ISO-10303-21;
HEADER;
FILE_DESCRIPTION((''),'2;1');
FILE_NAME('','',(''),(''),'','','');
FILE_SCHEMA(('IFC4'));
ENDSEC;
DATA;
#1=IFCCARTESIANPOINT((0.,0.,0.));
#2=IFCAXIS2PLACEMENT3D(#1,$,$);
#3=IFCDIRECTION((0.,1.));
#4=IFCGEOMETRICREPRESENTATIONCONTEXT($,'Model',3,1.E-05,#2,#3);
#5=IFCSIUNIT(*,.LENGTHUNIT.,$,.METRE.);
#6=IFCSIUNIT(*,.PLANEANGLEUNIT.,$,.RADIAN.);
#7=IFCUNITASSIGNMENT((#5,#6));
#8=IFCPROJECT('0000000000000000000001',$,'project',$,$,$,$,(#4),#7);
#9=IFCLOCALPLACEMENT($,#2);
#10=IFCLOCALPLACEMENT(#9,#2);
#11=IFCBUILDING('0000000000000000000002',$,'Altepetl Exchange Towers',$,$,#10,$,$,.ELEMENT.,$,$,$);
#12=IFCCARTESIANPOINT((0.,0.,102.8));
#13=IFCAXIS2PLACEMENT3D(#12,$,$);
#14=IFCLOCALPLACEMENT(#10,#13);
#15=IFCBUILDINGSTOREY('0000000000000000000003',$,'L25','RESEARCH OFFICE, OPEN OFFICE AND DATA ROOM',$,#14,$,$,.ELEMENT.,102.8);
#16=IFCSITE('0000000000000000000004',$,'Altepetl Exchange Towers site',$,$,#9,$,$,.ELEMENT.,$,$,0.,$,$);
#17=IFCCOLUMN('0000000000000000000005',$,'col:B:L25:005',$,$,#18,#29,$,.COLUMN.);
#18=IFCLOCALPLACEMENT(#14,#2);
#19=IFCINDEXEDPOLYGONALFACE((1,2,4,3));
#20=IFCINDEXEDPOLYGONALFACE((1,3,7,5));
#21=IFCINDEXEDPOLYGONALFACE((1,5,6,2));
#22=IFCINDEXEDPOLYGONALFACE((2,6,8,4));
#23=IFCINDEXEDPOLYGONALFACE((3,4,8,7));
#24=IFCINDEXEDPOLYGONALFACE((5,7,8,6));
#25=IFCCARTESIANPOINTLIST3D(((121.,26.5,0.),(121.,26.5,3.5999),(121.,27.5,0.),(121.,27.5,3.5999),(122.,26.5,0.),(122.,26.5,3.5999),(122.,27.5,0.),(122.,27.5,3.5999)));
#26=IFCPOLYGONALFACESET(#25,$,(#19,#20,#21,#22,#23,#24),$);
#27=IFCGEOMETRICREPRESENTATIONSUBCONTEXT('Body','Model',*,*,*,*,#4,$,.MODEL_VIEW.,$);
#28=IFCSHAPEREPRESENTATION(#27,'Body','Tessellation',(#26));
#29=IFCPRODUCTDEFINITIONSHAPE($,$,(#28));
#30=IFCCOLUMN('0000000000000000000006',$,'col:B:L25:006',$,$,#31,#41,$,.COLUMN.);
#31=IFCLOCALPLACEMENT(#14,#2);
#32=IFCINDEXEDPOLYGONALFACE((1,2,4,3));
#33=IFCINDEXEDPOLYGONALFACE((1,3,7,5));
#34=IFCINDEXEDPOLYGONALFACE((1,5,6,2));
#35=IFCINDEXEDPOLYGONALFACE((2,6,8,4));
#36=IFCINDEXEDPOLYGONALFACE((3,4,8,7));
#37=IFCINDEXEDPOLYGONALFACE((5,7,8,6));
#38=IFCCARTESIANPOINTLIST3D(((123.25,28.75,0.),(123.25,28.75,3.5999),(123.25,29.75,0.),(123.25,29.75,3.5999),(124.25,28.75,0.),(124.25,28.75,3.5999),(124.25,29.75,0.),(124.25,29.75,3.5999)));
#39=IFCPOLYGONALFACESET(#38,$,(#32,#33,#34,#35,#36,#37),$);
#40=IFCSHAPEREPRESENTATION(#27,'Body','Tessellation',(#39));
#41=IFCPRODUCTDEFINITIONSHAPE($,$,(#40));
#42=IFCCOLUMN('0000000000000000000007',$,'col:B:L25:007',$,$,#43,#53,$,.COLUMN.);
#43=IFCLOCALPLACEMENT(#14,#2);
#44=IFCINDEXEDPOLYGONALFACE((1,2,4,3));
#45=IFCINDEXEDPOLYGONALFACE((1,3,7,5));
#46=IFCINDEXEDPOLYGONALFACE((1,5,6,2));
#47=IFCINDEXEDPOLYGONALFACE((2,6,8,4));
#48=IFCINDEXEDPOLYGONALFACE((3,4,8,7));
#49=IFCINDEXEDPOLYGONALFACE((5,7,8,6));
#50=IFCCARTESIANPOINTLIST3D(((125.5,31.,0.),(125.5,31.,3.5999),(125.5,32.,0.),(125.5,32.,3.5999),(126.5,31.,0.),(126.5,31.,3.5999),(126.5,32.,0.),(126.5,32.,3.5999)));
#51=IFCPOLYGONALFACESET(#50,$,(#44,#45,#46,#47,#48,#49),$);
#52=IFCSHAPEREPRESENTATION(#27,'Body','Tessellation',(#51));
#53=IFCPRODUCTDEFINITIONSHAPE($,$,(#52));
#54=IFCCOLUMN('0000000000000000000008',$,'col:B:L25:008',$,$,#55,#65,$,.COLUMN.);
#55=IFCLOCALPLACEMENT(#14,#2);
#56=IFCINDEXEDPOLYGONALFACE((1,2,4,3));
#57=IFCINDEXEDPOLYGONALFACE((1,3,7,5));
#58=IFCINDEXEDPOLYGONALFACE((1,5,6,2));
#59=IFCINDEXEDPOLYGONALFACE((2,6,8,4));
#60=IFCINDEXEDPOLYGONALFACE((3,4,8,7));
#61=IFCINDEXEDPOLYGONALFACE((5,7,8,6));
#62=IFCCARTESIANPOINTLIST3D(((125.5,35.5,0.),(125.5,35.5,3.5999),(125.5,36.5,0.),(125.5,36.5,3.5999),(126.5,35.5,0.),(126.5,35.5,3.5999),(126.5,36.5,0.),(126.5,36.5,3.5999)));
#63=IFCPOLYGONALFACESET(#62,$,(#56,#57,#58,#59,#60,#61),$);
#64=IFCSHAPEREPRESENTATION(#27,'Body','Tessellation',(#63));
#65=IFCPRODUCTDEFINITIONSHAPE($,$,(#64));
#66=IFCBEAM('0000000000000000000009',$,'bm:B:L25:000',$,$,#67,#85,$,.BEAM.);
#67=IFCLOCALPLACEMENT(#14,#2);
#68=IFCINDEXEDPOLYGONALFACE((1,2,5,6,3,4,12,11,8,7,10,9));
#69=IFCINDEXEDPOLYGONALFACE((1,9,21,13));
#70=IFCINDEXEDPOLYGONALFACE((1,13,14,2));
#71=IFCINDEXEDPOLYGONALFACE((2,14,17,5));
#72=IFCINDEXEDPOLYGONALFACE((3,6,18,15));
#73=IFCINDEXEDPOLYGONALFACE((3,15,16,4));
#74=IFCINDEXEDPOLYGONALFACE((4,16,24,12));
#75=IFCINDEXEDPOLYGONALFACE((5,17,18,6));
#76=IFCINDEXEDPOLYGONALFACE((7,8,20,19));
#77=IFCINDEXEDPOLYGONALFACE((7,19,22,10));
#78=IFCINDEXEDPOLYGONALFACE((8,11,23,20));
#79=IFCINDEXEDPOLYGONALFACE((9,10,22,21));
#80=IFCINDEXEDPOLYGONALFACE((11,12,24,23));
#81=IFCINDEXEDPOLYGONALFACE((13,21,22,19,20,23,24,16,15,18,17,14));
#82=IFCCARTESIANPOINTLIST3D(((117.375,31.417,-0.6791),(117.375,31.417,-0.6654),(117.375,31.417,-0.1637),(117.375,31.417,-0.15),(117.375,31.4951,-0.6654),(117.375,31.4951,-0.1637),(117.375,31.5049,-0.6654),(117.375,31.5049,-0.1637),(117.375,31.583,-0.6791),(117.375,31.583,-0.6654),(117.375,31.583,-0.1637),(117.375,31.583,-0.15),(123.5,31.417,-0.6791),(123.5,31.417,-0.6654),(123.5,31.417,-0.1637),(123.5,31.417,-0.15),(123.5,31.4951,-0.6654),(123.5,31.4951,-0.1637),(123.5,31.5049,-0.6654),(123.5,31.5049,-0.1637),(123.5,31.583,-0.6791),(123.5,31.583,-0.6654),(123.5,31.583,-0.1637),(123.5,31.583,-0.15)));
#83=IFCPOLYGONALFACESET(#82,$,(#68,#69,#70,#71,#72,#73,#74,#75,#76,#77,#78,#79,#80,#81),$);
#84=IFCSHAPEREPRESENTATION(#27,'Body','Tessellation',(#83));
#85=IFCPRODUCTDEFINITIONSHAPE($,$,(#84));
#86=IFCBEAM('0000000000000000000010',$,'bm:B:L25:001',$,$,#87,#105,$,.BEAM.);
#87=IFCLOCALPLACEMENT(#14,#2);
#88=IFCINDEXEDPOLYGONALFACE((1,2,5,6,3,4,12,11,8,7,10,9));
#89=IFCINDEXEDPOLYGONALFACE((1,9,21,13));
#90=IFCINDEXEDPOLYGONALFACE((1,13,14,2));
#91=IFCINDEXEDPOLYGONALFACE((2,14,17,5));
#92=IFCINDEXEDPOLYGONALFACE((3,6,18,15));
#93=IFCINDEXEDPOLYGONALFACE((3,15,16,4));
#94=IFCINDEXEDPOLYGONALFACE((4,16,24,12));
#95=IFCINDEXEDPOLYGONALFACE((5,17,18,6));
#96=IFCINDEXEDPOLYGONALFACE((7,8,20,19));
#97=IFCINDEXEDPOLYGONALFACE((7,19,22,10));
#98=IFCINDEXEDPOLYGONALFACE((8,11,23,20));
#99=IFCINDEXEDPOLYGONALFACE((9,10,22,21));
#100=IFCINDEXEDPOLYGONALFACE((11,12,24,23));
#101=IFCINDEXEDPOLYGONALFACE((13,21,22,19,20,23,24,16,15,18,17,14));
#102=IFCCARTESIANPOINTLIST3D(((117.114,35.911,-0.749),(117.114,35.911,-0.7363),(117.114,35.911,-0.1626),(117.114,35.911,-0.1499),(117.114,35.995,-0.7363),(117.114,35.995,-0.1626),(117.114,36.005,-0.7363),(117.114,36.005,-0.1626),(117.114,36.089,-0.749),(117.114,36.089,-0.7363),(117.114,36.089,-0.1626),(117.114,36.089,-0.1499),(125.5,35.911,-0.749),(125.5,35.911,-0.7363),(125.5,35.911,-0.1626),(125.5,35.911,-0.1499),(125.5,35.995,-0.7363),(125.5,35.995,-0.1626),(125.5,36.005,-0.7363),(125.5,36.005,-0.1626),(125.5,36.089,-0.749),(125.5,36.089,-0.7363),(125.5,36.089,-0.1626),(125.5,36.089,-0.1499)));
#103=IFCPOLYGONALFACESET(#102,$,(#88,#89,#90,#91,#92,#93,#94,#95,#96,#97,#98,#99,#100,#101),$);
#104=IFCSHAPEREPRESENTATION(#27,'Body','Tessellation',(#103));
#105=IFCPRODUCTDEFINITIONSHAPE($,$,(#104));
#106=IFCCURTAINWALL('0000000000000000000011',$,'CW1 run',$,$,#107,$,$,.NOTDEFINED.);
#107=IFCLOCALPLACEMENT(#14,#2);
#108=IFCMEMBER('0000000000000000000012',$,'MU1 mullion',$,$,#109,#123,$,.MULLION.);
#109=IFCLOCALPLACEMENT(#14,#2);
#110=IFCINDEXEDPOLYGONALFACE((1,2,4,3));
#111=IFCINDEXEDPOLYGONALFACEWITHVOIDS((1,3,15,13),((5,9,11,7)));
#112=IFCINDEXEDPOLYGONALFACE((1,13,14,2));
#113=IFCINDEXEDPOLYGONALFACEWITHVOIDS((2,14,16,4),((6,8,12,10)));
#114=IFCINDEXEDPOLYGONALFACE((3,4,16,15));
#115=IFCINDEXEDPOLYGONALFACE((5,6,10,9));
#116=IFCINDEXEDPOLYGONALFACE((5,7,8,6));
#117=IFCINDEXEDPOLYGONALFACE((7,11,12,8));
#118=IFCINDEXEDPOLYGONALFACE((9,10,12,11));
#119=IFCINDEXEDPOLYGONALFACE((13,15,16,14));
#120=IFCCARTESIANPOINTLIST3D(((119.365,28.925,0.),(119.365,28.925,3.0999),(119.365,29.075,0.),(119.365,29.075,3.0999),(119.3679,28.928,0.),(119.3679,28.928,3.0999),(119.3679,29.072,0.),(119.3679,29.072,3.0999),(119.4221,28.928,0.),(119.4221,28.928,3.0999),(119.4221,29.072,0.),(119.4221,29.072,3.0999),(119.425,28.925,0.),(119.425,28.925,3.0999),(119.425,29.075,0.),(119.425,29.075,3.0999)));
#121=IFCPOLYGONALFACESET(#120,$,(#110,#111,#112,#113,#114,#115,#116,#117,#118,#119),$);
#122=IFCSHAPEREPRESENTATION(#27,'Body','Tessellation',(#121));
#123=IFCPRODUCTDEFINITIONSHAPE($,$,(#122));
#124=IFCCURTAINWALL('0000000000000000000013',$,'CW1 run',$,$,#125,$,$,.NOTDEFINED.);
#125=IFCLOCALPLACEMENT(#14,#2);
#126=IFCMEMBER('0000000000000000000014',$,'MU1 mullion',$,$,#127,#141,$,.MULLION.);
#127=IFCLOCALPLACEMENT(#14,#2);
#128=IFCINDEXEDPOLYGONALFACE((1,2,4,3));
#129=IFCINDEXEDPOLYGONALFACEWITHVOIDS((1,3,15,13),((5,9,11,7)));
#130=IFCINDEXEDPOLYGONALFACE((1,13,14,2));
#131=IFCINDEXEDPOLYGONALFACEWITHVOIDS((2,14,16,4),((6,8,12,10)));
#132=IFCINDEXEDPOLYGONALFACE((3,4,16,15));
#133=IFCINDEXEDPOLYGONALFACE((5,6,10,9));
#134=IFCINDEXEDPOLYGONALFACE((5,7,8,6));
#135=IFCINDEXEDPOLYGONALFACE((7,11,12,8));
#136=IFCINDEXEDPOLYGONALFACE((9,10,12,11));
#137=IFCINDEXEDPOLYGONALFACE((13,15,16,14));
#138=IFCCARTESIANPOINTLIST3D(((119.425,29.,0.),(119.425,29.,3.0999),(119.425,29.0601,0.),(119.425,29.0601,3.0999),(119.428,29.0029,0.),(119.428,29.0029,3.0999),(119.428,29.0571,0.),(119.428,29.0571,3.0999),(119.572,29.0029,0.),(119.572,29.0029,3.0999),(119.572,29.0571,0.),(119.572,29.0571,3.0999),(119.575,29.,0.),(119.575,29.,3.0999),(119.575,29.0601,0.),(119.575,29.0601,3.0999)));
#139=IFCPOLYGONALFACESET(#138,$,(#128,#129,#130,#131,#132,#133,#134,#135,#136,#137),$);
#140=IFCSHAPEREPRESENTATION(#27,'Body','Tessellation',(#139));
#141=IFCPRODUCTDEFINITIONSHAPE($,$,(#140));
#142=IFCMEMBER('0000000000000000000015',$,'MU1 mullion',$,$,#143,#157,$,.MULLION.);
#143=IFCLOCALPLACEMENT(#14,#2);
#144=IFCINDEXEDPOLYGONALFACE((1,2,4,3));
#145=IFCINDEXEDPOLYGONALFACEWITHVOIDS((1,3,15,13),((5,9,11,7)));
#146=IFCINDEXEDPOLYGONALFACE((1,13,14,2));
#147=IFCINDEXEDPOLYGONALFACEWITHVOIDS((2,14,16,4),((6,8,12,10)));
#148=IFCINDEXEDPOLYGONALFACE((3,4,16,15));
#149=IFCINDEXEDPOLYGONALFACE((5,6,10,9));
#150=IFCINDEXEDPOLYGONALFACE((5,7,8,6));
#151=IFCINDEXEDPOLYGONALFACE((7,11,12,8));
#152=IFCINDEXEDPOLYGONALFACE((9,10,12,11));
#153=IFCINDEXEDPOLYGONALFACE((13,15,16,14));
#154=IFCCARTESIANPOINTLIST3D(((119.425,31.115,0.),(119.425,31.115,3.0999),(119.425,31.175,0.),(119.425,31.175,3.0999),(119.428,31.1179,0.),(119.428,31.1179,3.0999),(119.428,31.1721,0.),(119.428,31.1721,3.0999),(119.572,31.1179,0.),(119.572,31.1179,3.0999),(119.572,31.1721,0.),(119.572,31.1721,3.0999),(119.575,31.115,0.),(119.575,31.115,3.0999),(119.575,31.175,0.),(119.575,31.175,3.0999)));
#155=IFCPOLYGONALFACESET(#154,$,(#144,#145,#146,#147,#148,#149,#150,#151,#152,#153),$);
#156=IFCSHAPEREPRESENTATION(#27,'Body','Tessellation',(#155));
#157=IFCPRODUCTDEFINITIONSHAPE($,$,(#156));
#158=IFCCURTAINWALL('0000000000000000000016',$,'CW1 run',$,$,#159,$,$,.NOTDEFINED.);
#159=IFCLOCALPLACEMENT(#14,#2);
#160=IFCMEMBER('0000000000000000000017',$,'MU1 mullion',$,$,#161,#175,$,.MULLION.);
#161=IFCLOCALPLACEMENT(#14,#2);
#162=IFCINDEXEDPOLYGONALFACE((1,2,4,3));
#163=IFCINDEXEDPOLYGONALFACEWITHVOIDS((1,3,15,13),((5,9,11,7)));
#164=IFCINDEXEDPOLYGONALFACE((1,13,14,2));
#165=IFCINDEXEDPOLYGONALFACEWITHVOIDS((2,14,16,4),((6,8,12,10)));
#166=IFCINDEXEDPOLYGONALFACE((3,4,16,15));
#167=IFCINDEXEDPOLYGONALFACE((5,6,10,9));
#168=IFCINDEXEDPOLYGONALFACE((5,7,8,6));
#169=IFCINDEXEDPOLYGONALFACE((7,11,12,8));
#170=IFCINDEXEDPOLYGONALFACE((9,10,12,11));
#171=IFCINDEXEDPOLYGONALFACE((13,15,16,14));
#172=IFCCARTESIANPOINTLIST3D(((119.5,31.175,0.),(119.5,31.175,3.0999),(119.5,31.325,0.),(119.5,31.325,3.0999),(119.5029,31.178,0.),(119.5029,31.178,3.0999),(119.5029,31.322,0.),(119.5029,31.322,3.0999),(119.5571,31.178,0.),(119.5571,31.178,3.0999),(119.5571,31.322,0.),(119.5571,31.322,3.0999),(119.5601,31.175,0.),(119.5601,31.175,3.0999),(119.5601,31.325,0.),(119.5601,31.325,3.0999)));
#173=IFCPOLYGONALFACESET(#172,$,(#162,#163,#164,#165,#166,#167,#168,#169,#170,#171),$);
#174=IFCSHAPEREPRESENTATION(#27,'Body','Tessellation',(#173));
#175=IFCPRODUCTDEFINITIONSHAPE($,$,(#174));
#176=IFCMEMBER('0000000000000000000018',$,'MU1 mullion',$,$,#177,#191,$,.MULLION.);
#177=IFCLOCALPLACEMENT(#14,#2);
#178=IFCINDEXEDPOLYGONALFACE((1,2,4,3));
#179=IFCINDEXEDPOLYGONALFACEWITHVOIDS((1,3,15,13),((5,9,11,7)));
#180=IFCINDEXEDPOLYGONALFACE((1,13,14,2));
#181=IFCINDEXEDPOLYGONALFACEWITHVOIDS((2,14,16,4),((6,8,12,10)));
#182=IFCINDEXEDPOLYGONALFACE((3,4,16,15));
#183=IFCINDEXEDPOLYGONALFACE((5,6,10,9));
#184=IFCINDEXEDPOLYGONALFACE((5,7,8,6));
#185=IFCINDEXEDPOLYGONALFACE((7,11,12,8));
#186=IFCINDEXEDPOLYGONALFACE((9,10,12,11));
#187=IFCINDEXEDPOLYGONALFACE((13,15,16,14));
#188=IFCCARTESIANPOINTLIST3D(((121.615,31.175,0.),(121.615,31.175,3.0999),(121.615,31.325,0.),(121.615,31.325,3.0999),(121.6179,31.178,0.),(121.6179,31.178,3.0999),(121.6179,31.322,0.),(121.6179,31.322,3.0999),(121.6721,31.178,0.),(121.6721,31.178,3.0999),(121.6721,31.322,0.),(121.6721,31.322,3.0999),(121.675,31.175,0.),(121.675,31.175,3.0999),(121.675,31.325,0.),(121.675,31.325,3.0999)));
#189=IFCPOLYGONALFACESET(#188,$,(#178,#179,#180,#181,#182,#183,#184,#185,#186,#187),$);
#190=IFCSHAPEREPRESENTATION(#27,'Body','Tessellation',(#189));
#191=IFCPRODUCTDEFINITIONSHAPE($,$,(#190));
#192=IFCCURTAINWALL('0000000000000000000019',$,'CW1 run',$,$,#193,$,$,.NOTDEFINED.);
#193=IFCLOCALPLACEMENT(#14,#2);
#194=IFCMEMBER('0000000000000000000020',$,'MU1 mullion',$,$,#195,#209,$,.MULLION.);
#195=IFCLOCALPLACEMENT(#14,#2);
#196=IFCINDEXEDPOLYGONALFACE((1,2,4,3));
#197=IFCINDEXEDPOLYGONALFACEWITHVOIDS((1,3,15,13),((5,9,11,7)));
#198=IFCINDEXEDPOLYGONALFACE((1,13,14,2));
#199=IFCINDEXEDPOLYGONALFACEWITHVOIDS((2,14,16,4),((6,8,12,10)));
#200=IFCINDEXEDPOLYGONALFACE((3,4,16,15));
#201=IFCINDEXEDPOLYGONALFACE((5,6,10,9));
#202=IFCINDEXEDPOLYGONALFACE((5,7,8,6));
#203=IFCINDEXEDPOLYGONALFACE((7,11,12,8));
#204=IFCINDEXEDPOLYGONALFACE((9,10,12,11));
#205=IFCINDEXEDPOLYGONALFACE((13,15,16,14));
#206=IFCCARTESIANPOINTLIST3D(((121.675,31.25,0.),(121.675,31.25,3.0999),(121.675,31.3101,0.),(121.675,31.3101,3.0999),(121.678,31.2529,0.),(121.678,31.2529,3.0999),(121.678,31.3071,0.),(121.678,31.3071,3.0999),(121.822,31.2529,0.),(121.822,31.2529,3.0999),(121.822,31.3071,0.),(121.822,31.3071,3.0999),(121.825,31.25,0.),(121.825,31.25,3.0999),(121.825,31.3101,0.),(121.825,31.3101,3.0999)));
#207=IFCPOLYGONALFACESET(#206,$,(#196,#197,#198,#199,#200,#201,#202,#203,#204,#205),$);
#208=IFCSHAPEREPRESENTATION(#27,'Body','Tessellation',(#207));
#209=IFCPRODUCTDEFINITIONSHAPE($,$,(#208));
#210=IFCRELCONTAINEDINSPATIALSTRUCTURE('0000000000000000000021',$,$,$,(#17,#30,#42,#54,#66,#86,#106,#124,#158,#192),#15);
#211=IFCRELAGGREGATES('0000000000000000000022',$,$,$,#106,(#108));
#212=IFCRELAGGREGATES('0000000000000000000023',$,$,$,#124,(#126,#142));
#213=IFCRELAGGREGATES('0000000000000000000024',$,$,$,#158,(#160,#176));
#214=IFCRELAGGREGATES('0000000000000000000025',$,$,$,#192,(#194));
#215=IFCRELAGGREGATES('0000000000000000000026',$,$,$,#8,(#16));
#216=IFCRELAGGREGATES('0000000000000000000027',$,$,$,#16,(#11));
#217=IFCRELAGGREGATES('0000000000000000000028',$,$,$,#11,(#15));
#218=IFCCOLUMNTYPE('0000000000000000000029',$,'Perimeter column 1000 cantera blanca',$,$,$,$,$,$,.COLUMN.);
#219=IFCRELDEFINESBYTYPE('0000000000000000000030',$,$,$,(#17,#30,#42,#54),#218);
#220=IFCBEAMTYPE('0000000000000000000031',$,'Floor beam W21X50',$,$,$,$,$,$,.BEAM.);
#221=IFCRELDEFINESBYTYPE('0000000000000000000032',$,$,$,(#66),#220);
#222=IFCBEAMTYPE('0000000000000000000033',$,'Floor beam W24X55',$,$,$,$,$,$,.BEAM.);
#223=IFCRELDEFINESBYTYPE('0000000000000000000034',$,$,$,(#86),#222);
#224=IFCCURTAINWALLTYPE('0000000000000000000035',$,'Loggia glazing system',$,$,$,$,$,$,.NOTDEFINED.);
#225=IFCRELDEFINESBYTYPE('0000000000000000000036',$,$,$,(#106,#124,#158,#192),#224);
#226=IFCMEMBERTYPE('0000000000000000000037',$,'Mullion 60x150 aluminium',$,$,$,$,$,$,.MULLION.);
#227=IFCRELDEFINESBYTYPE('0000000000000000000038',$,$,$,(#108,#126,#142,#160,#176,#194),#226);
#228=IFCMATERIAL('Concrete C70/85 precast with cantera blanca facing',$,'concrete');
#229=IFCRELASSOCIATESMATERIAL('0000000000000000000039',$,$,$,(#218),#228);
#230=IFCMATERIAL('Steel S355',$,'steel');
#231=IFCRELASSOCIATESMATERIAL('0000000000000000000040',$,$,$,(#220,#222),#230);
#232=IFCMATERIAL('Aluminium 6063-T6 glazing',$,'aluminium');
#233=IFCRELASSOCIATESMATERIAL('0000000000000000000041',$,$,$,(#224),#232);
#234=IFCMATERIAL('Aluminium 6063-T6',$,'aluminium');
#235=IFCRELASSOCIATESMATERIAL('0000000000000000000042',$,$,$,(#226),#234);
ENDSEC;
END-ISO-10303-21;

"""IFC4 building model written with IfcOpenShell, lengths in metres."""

from ifc_helpers import new_model, si_unit, direction, frame, origin, origin_2d, place, context, subcontext, project, spatial, rectangle, hollow_rectangle, i_section, extrude, material, material_profile, profile_set, type_object, element, aggregate, save


model = new_model("IFC4")

# Units and contexts
model_context = context("Model", 3, precision=1e-05, world=origin(), true_north=direction((0.0, 1.0)))
body_context = subcontext(model_context, "Body", "Model", "MODEL_VIEW")
ifc_project = project(units=[si_unit("LENGTHUNIT", "METRE"), si_unit("PLANEANGLEUNIT", "RADIAN")], contexts=[model_context])

# Site, building, storey
site_placement = place(None, origin())
site = spatial("IfcSite", under=ifc_project, at=site_placement, Name="Altepetl Exchange Towers site", CompositionType="ELEMENT", RefElevation=0.0)
building_placement = place(site_placement, origin())
building = spatial("IfcBuilding", under=site, at=building_placement, Name="Altepetl Exchange Towers", CompositionType="ELEMENT")
storey_placement = place(building_placement, frame((0.0, 0.0, 102.8)))
storey = spatial("IfcBuildingStorey", under=building, at=storey_placement, Name="L25", Description="RESEARCH OFFICE, OPEN OFFICE AND DATA ROOM", CompositionType="ELEMENT", Elevation=102.8)

# Columns
ifc_material_1 = material(Name="Concrete C70/85 precast with cantera blanca facing", Category="concrete")
ifc_material_profile_1 = material_profile(ifc_material_1, rectangle(XDim=1.0, YDim=1.0, at=origin_2d()), Name="1000 x 1000")
ifc_profile_set_1 = profile_set([ifc_material_profile_1], Name="Concrete C70/85 precast with cantera blanca facing")
column_type = type_object("IfcColumnType", Name="Perimeter column 1000 cantera blanca", PredefinedType="COLUMN", material=ifc_profile_set_1)
for number, where, name in (
    (1, (121.5, 27.0, 0.0), "col:B:L25:005"),
    (2, (123.75, 29.25, 0.0), "col:B:L25:006"),
    (3, (126.0, 31.5, 0.0), "col:B:L25:007"),
    (4, (126.0, 36.0, 0.0), "col:B:L25:008"),
):
    element("IfcColumn", number, at=place(storey_placement, frame(where)), inside=storey, type_object=column_type, Name=name, PredefinedType="COLUMN", context=body_context, shape_type="SweptSolid", body=[
        extrude(rectangle(XDim=1.0, YDim=1.0, at=origin_2d()), origin(), (0.0, 0.0, 1.0), 3.5999),
    ])

# Beams
ifc_material_2 = material(Name="Steel S355", Category="steel")
ifc_material_profile_2 = material_profile(ifc_material_2, i_section(OverallWidth=0.166, OverallDepth=0.5291, WebThickness=0.0098, FlangeThickness=0.0137, at=origin_2d()), Name="W21X50")
ifc_profile_set_2 = profile_set([ifc_material_profile_2], Name="Steel S355")
beam_type_1 = type_object("IfcBeamType", Name="Floor beam W21X50", PredefinedType="BEAM", material=ifc_profile_set_2)
beam_1_placement = place(storey_placement, frame((117.375, 31.5, -0.4146), z_axis=(1.0, 0.0, 0.0), x_axis=(0.0, 1.0, 0.0)))
element("IfcBeam", 5, at=beam_1_placement, inside=storey, type_object=beam_type_1, Name="bm:B:L25:000", PredefinedType="BEAM", context=body_context, shape_type="SweptSolid", body=[
    extrude(i_section(OverallWidth=0.166, OverallDepth=0.5291, WebThickness=0.0098, FlangeThickness=0.0137, at=origin_2d()), origin(), (0.0, 0.0, 1.0), 6.125),
])
ifc_material_profile_3 = material_profile(ifc_material_2, i_section(OverallWidth=0.178, OverallDepth=0.5991, WebThickness=0.01, FlangeThickness=0.0127, at=origin_2d()), Name="W24X55")
ifc_profile_set_3 = profile_set([ifc_material_profile_3], Name="Steel S355")
beam_type_2 = type_object("IfcBeamType", Name="Floor beam W24X55", PredefinedType="BEAM", material=ifc_profile_set_3)
beam_2_placement = place(storey_placement, frame((117.114, 36.0, -0.4495), z_axis=(1.0, 0.0, 0.0), x_axis=(0.0, 1.0, 0.0)))
element("IfcBeam", 6, at=beam_2_placement, inside=storey, type_object=beam_type_2, Name="bm:B:L25:001", PredefinedType="BEAM", context=body_context, shape_type="SweptSolid", body=[
    extrude(i_section(OverallWidth=0.178, OverallDepth=0.5991, WebThickness=0.01, FlangeThickness=0.0127, at=origin_2d()), origin(), (0.0, 0.0, 1.0), 8.386),
])

# Curtain wall, member
ifc_material_3 = material(Name="Aluminium 6063-T6 glazing", Category="aluminium")
curtain_wall_type = type_object("IfcCurtainWallType", Name="Loggia glazing system", PredefinedType="NOTDEFINED", material=ifc_material_3)
curtain_wall_1_placement = place(storey_placement, origin())
curtain_wall_1 = element("IfcCurtainWall", 7, at=curtain_wall_1_placement, inside=storey, type_object=curtain_wall_type, Name="CW1 run", PredefinedType="NOTDEFINED")
ifc_material_4 = material(Name="Aluminium 6063-T6", Category="aluminium")
ifc_material_profile_4 = material_profile(ifc_material_4, hollow_rectangle(XDim=0.0601, YDim=0.1499, WallThickness=0.0029, at=origin_2d()), Name="Mullion 60x150 aluminium")
ifc_profile_set_4 = profile_set([ifc_material_profile_4], Name="Aluminium 6063-T6")
member_type = type_object("IfcMemberType", Name="Mullion 60x150 aluminium", PredefinedType="MULLION", material=ifc_profile_set_4)
member_1_placement = place(storey_placement, frame((119.395, 29.0, 0.0)))
member_1 = element("IfcMember", 8, at=member_1_placement, type_object=member_type, Name="MU1 mullion", PredefinedType="MULLION", context=body_context, shape_type="SweptSolid", body=[
    extrude(hollow_rectangle(XDim=0.0601, YDim=0.1499, WallThickness=0.0029, at=origin_2d()), origin(), (0.0, 0.0, 1.0), 3.0999),
])

# Curtain walls, members
curtain_wall_2_placement = place(storey_placement, origin())
curtain_wall_2 = element("IfcCurtainWall", 9, at=curtain_wall_2_placement, inside=storey, type_object=curtain_wall_type, Name="CW1 run", PredefinedType="NOTDEFINED")
member_2_placement = place(storey_placement, frame((119.5, 29.03, 0.0), z_axis=(0.0, 0.0, 1.0), x_axis=(0.0, 1.0, 0.0)))
member_2 = element("IfcMember", 10, at=member_2_placement, type_object=member_type, Name="MU1 mullion", PredefinedType="MULLION", context=body_context, shape_type="SweptSolid", body=[
    extrude(hollow_rectangle(XDim=0.0601, YDim=0.1499, WallThickness=0.0029, at=origin_2d()), origin(), (0.0, 0.0, 1.0), 3.0999),
])
member_3_placement = place(storey_placement, frame((119.5, 31.145, 0.0), z_axis=(0.0, 0.0, 1.0), x_axis=(0.0, 1.0, 0.0)))
member_3 = element("IfcMember", 11, at=member_3_placement, type_object=member_type, Name="MU1 mullion", PredefinedType="MULLION", context=body_context, shape_type="SweptSolid", body=[
    extrude(hollow_rectangle(XDim=0.0601, YDim=0.1499, WallThickness=0.0029, at=origin_2d()), origin(), (0.0, 0.0, 1.0), 3.0999),
])
curtain_wall_3_placement = place(storey_placement, origin())
curtain_wall_3 = element("IfcCurtainWall", 12, at=curtain_wall_3_placement, inside=storey, type_object=curtain_wall_type, Name="CW1 run", PredefinedType="NOTDEFINED")
member_4_placement = place(storey_placement, frame((119.53, 31.25, 0.0)))
member_4 = element("IfcMember", 13, at=member_4_placement, type_object=member_type, Name="MU1 mullion", PredefinedType="MULLION", context=body_context, shape_type="SweptSolid", body=[
    extrude(hollow_rectangle(XDim=0.0601, YDim=0.1499, WallThickness=0.0029, at=origin_2d()), origin(), (0.0, 0.0, 1.0), 3.0999),
])
member_5_placement = place(storey_placement, frame((121.645, 31.25, 0.0)))
member_5 = element("IfcMember", 14, at=member_5_placement, type_object=member_type, Name="MU1 mullion", PredefinedType="MULLION", context=body_context, shape_type="SweptSolid", body=[
    extrude(hollow_rectangle(XDim=0.0601, YDim=0.1499, WallThickness=0.0029, at=origin_2d()), origin(), (0.0, 0.0, 1.0), 3.0999),
])
curtain_wall_4_placement = place(storey_placement, origin())
curtain_wall_4 = element("IfcCurtainWall", 15, at=curtain_wall_4_placement, inside=storey, type_object=curtain_wall_type, Name="CW1 run", PredefinedType="NOTDEFINED")
member_6_placement = place(storey_placement, frame((121.75, 31.28, 0.0), z_axis=(0.0, 0.0, 1.0), x_axis=(0.0, 1.0, 0.0)))
member_6 = element("IfcMember", 16, at=member_6_placement, type_object=member_type, Name="MU1 mullion", PredefinedType="MULLION", context=body_context, shape_type="SweptSolid", body=[
    extrude(hollow_rectangle(XDim=0.0601, YDim=0.1499, WallThickness=0.0029, at=origin_2d()), origin(), (0.0, 0.0, 1.0), 3.0999),
])

aggregate(curtain_wall_1, [member_1])
aggregate(curtain_wall_2, [member_2, member_3])
aggregate(curtain_wall_3, [member_4, member_5])
aggregate(curtain_wall_4, [member_6])

save(model, "model.ifc")
